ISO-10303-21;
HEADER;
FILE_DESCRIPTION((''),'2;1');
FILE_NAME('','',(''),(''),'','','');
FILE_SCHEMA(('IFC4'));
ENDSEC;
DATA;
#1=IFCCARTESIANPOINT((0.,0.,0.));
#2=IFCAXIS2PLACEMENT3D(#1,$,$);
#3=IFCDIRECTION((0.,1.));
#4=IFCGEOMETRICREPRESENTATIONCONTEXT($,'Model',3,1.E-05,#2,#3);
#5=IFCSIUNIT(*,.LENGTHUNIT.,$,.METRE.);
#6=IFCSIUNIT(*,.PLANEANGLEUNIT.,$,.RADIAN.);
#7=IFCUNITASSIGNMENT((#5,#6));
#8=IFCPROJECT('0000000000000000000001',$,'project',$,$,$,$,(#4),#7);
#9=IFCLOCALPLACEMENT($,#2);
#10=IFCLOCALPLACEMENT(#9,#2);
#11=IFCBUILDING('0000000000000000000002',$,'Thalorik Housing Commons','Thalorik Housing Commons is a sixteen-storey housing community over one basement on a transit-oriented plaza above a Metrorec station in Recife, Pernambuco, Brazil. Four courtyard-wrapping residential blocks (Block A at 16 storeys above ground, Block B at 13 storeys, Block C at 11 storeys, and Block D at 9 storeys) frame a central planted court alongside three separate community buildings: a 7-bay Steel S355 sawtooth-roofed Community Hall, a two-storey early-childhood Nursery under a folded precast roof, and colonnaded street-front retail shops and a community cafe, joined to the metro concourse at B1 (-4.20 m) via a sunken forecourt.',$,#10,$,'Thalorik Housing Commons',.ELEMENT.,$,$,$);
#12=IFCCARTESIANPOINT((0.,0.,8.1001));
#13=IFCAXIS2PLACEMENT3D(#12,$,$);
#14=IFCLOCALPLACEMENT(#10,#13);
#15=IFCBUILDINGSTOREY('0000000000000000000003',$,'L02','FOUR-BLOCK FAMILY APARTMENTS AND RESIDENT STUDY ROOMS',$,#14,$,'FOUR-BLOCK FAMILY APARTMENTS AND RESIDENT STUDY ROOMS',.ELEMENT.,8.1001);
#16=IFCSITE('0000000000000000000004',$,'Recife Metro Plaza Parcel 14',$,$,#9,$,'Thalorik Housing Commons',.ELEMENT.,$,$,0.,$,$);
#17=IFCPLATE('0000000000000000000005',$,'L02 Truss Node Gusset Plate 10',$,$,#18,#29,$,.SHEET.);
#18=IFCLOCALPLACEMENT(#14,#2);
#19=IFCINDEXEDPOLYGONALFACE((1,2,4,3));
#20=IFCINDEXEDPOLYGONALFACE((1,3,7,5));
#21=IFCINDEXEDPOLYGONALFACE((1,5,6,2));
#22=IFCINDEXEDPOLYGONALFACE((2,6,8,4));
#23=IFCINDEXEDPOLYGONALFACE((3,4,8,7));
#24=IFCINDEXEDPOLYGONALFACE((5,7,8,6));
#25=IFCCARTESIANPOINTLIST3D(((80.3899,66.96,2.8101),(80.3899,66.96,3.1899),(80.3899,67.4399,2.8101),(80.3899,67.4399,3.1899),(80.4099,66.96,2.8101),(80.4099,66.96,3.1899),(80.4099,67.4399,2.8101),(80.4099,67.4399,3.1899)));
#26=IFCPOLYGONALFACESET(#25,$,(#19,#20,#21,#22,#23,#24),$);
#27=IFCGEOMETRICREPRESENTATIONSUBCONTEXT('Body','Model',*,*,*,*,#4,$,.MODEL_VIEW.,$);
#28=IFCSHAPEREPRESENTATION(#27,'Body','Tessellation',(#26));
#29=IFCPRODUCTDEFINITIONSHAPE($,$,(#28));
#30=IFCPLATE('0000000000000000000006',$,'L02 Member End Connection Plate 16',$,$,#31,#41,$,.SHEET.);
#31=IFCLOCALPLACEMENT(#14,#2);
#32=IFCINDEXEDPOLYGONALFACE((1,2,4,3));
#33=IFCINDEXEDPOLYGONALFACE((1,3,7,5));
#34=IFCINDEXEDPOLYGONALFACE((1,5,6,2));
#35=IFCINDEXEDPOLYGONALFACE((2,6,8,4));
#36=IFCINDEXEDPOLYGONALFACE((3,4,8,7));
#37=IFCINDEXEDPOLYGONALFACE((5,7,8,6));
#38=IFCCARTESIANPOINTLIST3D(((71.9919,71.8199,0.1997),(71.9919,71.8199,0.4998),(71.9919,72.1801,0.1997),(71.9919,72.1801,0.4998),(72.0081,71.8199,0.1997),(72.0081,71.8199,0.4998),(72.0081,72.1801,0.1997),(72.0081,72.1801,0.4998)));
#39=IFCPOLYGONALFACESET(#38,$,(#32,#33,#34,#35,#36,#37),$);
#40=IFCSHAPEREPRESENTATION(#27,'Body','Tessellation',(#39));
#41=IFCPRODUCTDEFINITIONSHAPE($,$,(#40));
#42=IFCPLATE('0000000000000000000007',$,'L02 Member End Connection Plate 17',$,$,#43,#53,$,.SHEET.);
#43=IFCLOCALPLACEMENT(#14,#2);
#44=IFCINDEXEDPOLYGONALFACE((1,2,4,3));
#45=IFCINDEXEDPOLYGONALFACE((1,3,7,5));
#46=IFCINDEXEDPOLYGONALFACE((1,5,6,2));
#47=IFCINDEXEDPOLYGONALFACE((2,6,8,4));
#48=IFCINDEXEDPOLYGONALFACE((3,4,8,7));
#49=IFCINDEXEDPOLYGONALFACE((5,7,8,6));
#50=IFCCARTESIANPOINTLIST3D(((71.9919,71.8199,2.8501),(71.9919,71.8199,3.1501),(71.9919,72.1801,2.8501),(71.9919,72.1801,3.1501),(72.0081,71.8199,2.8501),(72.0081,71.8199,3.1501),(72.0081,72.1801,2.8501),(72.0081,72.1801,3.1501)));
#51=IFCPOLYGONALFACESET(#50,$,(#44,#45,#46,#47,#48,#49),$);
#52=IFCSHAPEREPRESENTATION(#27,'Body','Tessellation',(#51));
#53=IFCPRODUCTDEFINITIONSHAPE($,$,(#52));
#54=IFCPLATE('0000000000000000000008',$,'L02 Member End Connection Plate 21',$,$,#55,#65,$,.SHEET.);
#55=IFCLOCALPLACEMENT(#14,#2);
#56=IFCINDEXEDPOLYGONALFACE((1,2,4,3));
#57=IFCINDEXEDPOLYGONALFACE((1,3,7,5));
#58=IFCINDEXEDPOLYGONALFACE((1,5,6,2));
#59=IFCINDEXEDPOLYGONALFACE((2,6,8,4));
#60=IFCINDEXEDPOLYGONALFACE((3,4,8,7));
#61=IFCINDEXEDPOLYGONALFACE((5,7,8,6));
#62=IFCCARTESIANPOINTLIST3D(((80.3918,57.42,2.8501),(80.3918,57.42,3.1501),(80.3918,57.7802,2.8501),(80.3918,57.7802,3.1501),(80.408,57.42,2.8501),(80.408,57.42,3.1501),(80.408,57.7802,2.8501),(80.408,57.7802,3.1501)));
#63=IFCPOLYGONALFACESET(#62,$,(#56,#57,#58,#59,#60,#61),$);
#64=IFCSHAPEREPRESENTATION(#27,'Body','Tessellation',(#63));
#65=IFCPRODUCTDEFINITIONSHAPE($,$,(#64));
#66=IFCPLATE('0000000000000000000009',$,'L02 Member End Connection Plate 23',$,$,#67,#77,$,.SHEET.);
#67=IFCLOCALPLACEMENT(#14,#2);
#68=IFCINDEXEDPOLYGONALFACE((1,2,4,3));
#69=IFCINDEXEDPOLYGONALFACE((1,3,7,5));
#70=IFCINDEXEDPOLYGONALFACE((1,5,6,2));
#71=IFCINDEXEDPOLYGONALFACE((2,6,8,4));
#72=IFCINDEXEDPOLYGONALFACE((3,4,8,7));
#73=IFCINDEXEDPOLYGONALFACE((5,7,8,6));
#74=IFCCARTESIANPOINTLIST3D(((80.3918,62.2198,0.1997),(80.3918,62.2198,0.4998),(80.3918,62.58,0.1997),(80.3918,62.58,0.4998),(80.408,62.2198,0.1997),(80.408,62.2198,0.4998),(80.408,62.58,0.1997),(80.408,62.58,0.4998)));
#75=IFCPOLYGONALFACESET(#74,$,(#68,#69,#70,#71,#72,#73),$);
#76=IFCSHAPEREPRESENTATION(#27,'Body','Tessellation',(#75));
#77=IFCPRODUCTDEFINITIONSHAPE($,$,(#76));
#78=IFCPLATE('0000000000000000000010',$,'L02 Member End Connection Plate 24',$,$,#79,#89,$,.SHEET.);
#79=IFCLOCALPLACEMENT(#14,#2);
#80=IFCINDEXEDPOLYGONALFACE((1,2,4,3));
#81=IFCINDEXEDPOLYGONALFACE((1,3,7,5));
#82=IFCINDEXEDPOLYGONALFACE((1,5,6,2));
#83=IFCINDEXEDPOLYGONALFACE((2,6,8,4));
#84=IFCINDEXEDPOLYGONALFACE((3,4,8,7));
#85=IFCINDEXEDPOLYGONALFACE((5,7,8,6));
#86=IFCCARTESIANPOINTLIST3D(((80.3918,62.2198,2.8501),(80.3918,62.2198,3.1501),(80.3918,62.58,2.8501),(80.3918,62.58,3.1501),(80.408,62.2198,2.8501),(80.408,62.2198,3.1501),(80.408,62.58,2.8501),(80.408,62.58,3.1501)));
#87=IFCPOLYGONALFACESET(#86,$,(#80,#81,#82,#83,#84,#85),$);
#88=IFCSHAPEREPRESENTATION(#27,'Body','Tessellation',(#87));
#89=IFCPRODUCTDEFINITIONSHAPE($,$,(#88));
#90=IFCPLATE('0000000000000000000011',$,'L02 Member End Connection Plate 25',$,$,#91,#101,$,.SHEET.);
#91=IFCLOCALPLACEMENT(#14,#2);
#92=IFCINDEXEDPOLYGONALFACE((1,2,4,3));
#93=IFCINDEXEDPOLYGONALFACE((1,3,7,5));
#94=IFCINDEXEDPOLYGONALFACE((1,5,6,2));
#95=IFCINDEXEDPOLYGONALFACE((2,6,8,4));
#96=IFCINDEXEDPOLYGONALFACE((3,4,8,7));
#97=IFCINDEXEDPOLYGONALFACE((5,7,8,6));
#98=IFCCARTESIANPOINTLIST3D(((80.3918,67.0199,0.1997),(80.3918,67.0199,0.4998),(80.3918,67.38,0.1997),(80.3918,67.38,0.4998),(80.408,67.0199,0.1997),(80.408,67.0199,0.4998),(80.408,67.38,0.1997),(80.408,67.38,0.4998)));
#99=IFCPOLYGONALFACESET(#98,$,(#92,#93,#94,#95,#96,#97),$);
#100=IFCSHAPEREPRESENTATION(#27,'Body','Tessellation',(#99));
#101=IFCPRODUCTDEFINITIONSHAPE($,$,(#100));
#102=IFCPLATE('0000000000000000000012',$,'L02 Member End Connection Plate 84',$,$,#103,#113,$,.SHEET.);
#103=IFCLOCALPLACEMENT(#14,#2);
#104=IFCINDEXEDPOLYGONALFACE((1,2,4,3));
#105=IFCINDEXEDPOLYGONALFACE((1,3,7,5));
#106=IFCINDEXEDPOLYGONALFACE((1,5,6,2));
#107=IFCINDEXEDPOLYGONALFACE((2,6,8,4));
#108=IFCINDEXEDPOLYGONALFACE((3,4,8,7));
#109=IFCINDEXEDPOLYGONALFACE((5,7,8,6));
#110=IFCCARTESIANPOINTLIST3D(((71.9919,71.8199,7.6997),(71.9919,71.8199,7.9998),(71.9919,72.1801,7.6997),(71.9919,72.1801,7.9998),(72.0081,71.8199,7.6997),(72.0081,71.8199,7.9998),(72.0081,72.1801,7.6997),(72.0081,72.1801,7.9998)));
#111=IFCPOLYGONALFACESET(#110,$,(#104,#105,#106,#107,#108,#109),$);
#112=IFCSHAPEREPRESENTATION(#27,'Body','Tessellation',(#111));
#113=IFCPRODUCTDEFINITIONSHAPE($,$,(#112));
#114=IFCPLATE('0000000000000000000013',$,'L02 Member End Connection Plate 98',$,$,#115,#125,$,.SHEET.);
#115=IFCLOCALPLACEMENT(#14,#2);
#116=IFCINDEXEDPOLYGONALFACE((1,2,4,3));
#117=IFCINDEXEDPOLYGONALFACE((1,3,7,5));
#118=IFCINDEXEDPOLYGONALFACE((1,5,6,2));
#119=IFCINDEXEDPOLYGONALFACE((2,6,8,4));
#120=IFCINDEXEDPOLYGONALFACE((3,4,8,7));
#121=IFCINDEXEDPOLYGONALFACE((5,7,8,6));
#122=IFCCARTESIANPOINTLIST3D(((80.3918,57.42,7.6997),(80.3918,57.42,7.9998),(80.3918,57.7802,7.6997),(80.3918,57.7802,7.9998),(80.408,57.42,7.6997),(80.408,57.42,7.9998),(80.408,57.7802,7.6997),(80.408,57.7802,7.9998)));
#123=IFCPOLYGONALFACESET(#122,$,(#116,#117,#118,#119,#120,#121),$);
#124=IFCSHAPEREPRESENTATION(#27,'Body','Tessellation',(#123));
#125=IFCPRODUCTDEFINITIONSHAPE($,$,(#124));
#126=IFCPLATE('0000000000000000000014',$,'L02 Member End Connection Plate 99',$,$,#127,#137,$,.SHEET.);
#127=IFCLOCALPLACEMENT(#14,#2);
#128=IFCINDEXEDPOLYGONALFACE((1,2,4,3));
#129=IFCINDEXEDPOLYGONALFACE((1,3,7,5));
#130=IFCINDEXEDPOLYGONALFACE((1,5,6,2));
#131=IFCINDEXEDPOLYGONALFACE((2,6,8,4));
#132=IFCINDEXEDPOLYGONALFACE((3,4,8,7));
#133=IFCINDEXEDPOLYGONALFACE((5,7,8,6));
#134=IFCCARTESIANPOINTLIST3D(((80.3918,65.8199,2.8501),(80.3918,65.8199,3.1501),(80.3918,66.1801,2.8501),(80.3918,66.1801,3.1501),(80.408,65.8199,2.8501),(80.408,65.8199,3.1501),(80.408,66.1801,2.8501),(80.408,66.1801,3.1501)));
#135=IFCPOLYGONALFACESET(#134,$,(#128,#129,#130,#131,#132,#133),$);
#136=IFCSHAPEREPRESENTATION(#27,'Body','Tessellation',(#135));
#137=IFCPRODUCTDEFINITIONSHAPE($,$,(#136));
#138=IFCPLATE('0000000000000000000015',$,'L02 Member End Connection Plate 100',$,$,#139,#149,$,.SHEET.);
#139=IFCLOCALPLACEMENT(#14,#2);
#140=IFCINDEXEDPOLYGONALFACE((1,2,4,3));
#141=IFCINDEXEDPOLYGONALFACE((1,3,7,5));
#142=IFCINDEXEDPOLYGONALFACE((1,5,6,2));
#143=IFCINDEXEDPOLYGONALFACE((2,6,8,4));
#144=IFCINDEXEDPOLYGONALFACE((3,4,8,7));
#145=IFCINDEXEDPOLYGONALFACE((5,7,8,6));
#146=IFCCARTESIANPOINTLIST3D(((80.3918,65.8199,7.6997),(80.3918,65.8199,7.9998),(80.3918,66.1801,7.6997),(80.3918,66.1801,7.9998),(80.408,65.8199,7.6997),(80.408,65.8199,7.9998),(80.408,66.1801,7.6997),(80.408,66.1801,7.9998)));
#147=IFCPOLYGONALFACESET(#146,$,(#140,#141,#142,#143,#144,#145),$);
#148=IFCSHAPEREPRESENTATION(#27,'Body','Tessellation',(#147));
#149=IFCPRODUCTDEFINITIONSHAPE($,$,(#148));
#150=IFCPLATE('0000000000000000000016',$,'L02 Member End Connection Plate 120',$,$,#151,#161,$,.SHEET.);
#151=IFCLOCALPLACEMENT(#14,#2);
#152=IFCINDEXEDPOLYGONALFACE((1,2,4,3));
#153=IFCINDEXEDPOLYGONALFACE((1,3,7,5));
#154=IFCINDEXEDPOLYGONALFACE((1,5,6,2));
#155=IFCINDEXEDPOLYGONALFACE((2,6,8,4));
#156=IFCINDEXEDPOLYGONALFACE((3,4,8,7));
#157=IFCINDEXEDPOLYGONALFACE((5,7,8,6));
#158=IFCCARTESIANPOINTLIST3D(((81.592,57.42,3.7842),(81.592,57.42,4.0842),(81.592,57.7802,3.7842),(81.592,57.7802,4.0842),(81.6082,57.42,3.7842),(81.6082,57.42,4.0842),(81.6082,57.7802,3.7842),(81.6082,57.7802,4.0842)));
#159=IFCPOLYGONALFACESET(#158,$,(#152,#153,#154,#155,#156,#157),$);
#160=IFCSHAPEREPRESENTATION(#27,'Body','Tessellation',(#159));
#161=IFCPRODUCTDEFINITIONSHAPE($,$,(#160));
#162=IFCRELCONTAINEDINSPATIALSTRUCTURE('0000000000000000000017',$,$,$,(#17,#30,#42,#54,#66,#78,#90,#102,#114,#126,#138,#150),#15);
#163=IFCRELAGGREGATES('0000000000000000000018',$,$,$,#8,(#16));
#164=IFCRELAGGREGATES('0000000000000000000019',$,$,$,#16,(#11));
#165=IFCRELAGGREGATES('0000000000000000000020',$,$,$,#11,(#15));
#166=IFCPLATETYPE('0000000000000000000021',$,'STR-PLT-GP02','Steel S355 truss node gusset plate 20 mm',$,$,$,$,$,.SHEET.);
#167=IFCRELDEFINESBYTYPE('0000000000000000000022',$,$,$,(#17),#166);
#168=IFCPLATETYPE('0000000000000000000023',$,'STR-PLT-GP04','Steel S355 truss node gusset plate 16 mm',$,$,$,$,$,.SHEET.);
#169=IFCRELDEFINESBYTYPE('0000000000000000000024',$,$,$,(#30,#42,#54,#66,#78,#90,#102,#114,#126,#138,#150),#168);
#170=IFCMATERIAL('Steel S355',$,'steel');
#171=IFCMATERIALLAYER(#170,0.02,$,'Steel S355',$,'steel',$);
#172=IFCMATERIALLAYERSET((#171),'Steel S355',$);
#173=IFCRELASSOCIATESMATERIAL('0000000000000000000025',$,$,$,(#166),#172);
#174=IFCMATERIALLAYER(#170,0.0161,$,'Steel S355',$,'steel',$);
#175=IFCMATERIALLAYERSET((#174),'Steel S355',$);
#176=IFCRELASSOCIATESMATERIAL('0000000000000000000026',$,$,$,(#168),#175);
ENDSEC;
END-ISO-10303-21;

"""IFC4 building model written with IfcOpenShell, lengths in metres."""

from ifc_helpers import new_model, si_unit, direction, frame, origin, origin_2d, place, context, subcontext, project, spatial, rectangle, extrude, material, layer, layer_set, type_object, element, save


model = new_model("IFC4")

# Units and contexts
model_context = context("Model", 3, precision=1e-05, world=origin(), true_north=direction((0.0, 1.0)))
body_context = subcontext(model_context, "Body", "Model", "MODEL_VIEW")
ifc_project = project(units=[si_unit("LENGTHUNIT", "METRE"), si_unit("PLANEANGLEUNIT", "RADIAN")], contexts=[model_context])

# Site, building, storey
site_placement = place(None, origin())
site = spatial("IfcSite", under=ifc_project, at=site_placement, Name="Recife Metro Plaza Parcel 14", LongName="Thalorik Housing Commons", CompositionType="ELEMENT", RefElevation=0.0)
building_placement = place(site_placement, origin())
building = spatial("IfcBuilding", under=site, at=building_placement, Name="Thalorik Housing Commons", Description="Thalorik Housing Commons is a sixteen-storey housing community over one basement on a transit-oriented plaza above a Metrorec station in Recife, Pernambuco, Brazil. Four courtyard-wrapping residential blocks (Block A at 16 storeys above ground, Block B at 13 storeys, Block C at 11 storeys, and Block D at 9 storeys) frame a central planted court alongside three separate community buildings: a 7-bay Steel S355 sawtooth-roofed Community Hall, a two-storey early-childhood Nursery under a folded precast roof, and colonnaded street-front retail shops and a community cafe, joined to the metro concourse at B1 (-4.20 m) via a sunken forecourt.", LongName="Thalorik Housing Commons", CompositionType="ELEMENT")
storey_placement = place(building_placement, frame((0.0, 0.0, 8.1001)))
storey = spatial("IfcBuildingStorey", under=building, at=storey_placement, Name="L02", Description="FOUR-BLOCK FAMILY APARTMENTS AND RESIDENT STUDY ROOMS", LongName="FOUR-BLOCK FAMILY APARTMENTS AND RESIDENT STUDY ROOMS", CompositionType="ELEMENT", Elevation=8.1001)

# Shared definitions
ifc_material_1 = material(Name="Steel S355", Category="steel")

# Plates
ifc_layer_1 = layer(ifc_material_1, 0.02, Name="Steel S355", Category="steel")
ifc_layer_set_1 = layer_set([ifc_layer_1], Name="Steel S355")
plate_type_1 = type_object("IfcPlateType", Name="STR-PLT-GP02", Description="Steel S355 truss node gusset plate 20 mm", PredefinedType="SHEET", material=ifc_layer_set_1)
plate_1_placement = place(storey_placement, frame((80.3999, 67.2, 2.8101), z_axis=(0.0, 0.0, 1.0), x_axis=(1.0, 0.0, 0.0)))
element("IfcPlate", 1, at=plate_1_placement, inside=storey, type_object=plate_type_1, Name="L02 Truss Node Gusset Plate 10", PredefinedType="SHEET", context=body_context, shape_type="SweptSolid", body=[
    extrude(rectangle(XDim=0.02, YDim=0.48, at=origin_2d()), origin(), (0.0, 0.0, 1.0), 0.3799),
])
ifc_layer_2 = layer(ifc_material_1, 0.0161, Name="Steel S355", Category="steel")
ifc_layer_set_2 = layer_set([ifc_layer_2], Name="Steel S355")
plate_type_2 = type_object("IfcPlateType", Name="STR-PLT-GP04", Description="Steel S355 truss node gusset plate 16 mm", PredefinedType="SHEET", material=ifc_layer_set_2)
for number, where, z_axis, x_axis, name in (
    (2, (72.0, 72.0, 0.1997), (0.0, 0.0, 1.0), (1.0, 0.0, 0.0), "L02 Member End Connection Plate 16"),
    (3, (72.0, 72.0, 2.8501), (0.0, 0.0, 1.0), (1.0, 0.0, 0.0), "L02 Member End Connection Plate 17"),
    (4, (80.3999, 57.6001, 2.8501), (0.0, 0.0, 1.0), (1.0, 0.0, 0.0), "L02 Member End Connection Plate 21"),
    (5, (80.3999, 62.3999, 0.1997), (0.0, 0.0, 1.0), (1.0, 0.0, 0.0), "L02 Member End Connection Plate 23"),
    (6, (80.3999, 62.3999, 2.8501), (0.0, 0.0, 1.0), (1.0, 0.0, 0.0), "L02 Member End Connection Plate 24"),
    (7, (80.3999, 67.2, 0.1997), (0.0, 0.0, 1.0), (1.0, 0.0, 0.0), "L02 Member End Connection Plate 25"),
    (8, (72.0, 72.0, 7.6997), (0.0, 0.0, 1.0), (1.0, 0.0, 0.0), "L02 Member End Connection Plate 84"),
    (9, (80.3999, 57.6001, 7.6997), (0.0, 0.0, 1.0), (1.0, 0.0, 0.0), "L02 Member End Connection Plate 98"),
    (10, (80.3999, 66.0, 2.8501), (0.0, 0.0, 1.0), (1.0, 0.0, 0.0), "L02 Member End Connection Plate 99"),
    (11, (80.3999, 66.0, 7.6997), (0.0, 0.0, 1.0), (1.0, 0.0, 0.0), "L02 Member End Connection Plate 100"),
    (12, (81.6001, 57.6001, 3.7842), (0.0, 0.0, 1.0), (1.0, 0.0, 0.0), "L02 Member End Connection Plate 120"),
):
    element("IfcPlate", number, at=place(storey_placement, frame(where, z_axis=z_axis, x_axis=x_axis)), inside=storey, type_object=plate_type_2, Name=name, PredefinedType="SHEET", context=body_context, shape_type="SweptSolid", body=[
        extrude(rectangle(XDim=0.0161, YDim=0.3601, at=origin_2d()), origin(), (0.0, 0.0, 1.0), 0.3),
    ])

save(model, "model.ifc")
